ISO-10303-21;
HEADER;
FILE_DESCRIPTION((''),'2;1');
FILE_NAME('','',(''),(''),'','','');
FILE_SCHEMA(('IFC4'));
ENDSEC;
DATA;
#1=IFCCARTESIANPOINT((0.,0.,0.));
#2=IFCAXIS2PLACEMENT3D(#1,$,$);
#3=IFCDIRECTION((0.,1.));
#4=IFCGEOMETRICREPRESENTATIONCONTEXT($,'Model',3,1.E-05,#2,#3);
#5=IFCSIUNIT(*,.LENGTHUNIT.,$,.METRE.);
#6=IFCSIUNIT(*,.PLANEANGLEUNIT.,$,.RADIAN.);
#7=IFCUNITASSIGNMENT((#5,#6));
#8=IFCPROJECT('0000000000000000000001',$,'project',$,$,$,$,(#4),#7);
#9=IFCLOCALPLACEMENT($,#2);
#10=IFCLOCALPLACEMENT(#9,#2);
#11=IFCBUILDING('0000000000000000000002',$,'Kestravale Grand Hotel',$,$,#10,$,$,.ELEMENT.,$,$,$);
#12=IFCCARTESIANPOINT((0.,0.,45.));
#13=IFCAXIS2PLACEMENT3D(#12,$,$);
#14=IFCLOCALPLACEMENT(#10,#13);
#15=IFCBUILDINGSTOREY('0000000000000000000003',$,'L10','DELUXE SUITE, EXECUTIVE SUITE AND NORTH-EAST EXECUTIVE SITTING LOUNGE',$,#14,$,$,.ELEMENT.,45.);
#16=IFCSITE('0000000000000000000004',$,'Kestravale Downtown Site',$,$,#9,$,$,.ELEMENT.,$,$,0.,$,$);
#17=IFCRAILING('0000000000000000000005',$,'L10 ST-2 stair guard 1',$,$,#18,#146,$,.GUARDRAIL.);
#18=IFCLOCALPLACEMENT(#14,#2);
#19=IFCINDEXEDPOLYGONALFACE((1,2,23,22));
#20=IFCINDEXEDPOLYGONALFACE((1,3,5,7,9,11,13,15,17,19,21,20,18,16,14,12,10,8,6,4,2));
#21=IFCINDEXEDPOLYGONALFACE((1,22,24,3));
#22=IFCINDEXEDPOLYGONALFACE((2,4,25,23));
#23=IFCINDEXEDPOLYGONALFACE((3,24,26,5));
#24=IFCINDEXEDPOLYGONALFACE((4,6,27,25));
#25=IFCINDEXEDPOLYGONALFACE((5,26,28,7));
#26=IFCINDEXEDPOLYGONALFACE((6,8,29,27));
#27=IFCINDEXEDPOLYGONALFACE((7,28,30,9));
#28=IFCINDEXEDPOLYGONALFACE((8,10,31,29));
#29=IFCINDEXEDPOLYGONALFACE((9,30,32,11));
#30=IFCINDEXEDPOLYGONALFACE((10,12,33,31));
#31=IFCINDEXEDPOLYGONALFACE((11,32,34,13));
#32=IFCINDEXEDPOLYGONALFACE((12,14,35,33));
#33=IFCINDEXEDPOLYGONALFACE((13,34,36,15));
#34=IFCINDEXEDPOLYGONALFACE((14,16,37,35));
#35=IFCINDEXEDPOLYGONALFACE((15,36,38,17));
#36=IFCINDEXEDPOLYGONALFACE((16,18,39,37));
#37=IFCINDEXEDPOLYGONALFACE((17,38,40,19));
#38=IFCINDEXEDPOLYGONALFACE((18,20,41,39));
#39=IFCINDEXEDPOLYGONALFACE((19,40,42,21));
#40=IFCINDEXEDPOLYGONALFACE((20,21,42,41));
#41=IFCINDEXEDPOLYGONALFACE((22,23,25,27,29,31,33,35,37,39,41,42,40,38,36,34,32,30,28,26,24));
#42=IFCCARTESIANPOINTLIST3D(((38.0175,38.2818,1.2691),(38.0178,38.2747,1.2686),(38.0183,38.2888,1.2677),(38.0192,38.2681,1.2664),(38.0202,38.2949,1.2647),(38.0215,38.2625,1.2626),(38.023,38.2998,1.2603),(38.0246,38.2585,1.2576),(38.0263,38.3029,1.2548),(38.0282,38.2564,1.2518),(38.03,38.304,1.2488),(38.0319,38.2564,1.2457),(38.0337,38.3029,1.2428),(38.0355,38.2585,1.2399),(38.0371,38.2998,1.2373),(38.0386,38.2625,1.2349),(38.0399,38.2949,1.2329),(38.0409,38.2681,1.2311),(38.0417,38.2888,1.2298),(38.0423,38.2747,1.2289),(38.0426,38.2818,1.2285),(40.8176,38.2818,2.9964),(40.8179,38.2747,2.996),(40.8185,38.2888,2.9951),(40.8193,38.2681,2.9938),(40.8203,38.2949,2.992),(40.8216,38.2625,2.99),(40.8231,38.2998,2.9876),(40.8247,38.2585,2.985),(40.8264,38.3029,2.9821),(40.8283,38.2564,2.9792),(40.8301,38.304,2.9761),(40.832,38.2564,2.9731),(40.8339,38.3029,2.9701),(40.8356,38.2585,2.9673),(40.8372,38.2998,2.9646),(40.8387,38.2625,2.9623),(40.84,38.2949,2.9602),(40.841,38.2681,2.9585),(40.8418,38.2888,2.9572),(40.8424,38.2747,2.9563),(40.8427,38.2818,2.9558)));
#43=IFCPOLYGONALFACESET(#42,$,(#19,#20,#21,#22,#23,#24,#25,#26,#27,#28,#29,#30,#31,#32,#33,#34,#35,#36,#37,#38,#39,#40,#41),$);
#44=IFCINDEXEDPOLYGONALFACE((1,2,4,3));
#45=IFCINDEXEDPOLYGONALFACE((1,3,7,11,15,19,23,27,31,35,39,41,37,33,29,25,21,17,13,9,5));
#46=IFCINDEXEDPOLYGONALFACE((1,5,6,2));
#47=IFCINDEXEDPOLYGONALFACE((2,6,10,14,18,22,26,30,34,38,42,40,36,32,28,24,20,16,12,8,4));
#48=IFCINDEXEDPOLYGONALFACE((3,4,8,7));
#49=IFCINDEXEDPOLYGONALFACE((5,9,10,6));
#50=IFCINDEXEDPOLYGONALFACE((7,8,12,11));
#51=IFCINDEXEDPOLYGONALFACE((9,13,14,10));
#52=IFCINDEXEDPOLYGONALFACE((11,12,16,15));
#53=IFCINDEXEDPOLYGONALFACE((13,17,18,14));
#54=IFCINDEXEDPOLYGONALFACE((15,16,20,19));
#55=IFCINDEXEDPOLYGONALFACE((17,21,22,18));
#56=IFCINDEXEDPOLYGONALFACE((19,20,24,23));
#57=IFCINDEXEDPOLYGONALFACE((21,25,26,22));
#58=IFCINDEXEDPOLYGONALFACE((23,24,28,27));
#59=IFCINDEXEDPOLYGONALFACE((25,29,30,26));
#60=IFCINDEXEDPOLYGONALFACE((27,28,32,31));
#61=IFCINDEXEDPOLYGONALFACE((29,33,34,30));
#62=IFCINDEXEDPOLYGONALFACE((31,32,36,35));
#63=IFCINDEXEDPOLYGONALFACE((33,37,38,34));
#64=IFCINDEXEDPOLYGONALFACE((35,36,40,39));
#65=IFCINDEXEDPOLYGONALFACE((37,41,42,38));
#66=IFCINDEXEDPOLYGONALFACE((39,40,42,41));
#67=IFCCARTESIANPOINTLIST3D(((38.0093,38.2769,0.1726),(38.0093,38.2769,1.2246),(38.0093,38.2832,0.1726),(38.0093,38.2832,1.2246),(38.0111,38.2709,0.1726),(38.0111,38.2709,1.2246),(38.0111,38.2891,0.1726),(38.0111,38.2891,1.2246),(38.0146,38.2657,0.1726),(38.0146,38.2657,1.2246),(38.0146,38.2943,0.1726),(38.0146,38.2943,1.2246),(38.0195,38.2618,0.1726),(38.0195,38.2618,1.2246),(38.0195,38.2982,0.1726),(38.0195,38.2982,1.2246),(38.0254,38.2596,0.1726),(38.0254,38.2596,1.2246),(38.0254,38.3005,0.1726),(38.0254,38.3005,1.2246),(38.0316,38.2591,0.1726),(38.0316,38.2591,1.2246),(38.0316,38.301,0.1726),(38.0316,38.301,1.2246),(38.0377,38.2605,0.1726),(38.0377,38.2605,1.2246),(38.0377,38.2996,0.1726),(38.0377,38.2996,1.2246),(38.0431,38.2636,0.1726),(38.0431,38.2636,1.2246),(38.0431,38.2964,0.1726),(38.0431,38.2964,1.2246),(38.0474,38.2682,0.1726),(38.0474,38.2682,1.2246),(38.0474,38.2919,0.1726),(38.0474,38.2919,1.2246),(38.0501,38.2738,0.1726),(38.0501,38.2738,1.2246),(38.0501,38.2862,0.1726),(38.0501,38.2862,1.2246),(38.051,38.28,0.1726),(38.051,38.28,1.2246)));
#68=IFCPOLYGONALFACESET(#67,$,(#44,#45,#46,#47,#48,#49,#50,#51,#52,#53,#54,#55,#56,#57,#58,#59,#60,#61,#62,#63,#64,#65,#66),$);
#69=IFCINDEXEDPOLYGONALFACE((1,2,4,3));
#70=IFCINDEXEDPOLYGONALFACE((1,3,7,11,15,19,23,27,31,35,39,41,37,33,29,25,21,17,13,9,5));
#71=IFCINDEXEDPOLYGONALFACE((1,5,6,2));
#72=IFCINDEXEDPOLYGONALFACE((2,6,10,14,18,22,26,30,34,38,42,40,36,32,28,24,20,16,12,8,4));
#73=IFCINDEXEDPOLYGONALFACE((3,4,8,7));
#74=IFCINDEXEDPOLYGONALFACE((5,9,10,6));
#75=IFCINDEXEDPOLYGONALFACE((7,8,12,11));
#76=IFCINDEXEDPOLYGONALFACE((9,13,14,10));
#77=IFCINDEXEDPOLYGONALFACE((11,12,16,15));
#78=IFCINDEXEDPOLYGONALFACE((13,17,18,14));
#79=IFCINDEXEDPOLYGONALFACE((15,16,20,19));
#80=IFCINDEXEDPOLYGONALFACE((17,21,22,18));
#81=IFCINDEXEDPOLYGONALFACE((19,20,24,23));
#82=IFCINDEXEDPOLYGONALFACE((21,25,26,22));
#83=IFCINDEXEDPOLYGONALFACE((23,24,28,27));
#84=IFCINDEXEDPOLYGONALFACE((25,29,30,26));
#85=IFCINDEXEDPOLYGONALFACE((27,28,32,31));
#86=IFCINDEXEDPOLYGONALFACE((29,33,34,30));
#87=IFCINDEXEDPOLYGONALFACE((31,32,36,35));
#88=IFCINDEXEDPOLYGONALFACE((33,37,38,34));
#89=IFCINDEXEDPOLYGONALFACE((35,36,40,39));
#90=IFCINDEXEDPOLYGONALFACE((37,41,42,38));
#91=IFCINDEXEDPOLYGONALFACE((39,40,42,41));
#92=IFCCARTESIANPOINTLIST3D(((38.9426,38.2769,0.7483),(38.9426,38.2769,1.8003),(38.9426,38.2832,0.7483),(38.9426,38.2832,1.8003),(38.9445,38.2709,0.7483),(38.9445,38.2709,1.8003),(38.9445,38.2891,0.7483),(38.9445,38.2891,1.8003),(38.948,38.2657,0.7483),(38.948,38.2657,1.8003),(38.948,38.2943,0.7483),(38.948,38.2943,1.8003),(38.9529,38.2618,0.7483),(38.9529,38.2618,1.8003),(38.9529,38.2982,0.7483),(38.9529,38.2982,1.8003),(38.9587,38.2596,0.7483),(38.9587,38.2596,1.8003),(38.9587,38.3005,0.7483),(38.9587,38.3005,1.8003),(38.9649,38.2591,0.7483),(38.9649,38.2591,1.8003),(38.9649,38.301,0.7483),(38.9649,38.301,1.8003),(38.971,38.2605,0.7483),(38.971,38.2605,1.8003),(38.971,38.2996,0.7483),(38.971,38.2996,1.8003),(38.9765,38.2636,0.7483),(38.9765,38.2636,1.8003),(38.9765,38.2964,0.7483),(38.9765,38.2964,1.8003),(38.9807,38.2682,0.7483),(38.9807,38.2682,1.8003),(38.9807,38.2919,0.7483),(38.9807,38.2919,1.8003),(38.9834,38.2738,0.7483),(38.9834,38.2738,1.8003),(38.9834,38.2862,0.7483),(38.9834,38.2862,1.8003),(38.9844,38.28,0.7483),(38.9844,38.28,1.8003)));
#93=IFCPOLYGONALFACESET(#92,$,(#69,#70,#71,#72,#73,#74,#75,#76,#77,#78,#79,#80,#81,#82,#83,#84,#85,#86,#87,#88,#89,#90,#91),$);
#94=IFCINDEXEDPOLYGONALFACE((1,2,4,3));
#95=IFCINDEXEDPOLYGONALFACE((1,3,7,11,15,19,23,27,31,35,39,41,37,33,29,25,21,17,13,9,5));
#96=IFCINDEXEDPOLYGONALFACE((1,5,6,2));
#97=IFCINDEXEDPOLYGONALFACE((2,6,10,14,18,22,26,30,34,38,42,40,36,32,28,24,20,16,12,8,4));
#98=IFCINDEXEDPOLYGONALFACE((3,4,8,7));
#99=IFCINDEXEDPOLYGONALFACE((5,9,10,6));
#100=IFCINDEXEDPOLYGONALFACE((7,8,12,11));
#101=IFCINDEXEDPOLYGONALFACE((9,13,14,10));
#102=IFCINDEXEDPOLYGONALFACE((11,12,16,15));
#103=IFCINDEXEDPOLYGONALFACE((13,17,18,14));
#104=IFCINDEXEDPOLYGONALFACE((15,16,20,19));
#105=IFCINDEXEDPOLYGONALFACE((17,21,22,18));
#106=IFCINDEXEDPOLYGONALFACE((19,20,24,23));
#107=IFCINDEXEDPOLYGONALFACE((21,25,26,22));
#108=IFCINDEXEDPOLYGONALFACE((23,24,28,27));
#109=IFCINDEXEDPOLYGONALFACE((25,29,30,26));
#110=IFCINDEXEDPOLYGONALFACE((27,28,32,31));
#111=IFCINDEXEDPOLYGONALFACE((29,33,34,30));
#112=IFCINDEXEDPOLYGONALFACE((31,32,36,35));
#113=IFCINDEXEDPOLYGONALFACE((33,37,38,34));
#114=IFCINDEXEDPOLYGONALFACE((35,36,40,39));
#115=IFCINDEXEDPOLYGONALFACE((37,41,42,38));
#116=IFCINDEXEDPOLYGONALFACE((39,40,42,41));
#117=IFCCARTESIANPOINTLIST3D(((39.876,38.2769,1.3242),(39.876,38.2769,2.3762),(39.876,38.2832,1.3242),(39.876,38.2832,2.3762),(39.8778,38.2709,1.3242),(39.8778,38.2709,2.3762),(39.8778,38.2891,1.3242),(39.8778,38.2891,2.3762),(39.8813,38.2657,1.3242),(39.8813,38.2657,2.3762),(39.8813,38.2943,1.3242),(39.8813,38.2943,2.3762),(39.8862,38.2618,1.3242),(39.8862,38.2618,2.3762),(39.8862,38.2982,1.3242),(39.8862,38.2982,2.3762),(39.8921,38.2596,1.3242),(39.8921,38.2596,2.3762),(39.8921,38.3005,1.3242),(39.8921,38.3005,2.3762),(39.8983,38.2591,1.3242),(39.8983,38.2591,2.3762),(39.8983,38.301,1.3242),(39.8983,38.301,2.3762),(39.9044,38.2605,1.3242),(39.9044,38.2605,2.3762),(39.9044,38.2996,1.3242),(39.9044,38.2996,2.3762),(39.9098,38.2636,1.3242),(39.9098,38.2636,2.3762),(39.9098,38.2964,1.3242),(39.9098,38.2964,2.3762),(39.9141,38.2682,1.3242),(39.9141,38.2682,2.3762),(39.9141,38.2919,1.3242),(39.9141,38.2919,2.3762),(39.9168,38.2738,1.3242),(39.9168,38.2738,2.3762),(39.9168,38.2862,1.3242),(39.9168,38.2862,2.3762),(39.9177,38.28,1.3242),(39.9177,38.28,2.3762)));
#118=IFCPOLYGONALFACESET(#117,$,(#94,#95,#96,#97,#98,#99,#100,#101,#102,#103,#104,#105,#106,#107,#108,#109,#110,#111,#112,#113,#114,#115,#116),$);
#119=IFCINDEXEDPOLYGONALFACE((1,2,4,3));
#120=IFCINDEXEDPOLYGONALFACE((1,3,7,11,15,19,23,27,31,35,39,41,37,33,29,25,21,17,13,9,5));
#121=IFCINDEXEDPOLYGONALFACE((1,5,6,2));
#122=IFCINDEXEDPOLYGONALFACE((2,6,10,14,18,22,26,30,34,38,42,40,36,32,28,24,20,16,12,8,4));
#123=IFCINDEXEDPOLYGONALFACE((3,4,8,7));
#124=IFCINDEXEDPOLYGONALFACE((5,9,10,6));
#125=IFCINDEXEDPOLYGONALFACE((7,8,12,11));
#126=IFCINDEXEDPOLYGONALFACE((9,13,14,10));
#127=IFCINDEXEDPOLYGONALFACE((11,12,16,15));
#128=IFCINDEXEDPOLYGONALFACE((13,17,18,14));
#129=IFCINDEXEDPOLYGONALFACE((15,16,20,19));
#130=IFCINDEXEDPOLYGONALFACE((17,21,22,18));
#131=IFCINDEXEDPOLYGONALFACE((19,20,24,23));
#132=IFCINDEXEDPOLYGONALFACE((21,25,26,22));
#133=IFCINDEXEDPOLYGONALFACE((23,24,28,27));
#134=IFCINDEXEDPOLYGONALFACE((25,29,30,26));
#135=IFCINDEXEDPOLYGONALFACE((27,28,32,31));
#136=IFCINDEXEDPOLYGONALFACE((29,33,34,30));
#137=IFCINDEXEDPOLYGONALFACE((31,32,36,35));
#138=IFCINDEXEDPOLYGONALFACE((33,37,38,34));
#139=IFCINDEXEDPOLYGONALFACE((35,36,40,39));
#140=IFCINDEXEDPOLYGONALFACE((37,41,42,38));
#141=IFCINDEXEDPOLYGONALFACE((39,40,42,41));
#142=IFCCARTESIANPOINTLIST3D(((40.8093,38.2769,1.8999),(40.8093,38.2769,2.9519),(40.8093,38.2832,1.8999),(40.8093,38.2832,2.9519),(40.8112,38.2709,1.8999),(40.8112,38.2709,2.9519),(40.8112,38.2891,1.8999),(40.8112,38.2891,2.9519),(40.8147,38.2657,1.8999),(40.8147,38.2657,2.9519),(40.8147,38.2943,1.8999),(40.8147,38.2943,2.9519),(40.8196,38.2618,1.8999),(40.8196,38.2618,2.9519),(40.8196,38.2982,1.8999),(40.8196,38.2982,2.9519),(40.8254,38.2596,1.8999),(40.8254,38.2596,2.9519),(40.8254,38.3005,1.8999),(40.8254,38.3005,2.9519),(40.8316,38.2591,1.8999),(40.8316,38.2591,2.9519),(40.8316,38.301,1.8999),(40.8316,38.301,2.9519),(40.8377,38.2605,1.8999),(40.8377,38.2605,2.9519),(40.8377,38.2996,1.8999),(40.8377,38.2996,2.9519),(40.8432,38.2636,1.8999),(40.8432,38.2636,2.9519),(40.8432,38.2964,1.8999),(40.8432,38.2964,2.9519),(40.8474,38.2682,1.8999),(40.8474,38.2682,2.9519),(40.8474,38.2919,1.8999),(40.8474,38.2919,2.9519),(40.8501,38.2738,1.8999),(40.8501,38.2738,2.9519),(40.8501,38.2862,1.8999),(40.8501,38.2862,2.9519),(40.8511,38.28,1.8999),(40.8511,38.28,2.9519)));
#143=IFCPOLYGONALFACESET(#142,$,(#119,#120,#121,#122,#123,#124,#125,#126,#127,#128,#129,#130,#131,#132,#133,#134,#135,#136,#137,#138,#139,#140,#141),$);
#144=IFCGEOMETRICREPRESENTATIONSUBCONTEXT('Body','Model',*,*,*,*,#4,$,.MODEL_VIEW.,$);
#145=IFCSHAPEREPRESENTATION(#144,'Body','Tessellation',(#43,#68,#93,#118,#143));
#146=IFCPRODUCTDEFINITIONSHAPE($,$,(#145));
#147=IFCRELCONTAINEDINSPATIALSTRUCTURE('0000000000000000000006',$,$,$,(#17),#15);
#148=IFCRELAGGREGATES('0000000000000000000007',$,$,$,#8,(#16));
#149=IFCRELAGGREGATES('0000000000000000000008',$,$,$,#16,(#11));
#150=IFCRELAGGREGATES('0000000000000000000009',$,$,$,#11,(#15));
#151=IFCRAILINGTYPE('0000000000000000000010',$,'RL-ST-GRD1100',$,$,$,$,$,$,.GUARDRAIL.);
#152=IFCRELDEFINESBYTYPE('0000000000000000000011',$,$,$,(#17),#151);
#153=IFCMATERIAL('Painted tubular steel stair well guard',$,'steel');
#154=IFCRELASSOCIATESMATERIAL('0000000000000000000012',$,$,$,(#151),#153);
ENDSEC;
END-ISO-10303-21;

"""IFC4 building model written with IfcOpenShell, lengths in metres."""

from ifc_helpers import new_model, si_unit, direction, frame, origin, origin_2d, place, context, subcontext, project, spatial, circle, extrude, material, type_object, element, save


model = new_model("IFC4")

# Units and contexts
model_context = context("Model", 3, precision=1e-05, world=origin(), true_north=direction((0.0, 1.0)))
body_context = subcontext(model_context, "Body", "Model", "MODEL_VIEW")
ifc_project = project(units=[si_unit("LENGTHUNIT", "METRE"), si_unit("PLANEANGLEUNIT", "RADIAN")], contexts=[model_context])

# Site, building, storey
site_placement = place(None, origin())
site = spatial("IfcSite", under=ifc_project, at=site_placement, Name="Kestravale Downtown Site", CompositionType="ELEMENT", RefElevation=0.0)
building_placement = place(site_placement, origin())
building = spatial("IfcBuilding", under=site, at=building_placement, Name="Kestravale Grand Hotel", CompositionType="ELEMENT")
storey_placement = place(building_placement, frame((0.0, 0.0, 45.0)))
storey = spatial("IfcBuildingStorey", under=building, at=storey_placement, Name="L10", Description="DELUXE SUITE, EXECUTIVE SUITE AND NORTH-EAST EXECUTIVE SITTING LOUNGE", CompositionType="ELEMENT", Elevation=45.0)

# Railing
ifc_material_1 = material(Name="Painted tubular steel stair well guard", Category="steel")
railing_type_1 = type_object("IfcRailingType", Name="RL-ST-GRD1100", PredefinedType="GUARDRAIL", material=ifc_material_1)
railing_1_placement = place(storey_placement, frame((38.03, 38.28, 0.1726)))
element("IfcRailing", 1, at=railing_1_placement, inside=storey, type_object=railing_type_1, Name="L10 ST-2 stair guard 1", PredefinedType="GUARDRAIL", context=body_context, shape_type="SweptSolid", body=[
    extrude(circle(Radius=0.0239, at=origin_2d()), frame((0.0, 0.0, 1.0762), z_axis=(0.85109, 0.0, 0.52502), x_axis=(0.0, 1.0, 0.0)), (0.0, 0.0, 1.0), 3.29),
    extrude(circle(Radius=0.021, at=origin_2d()), origin(), (0.0, 0.0, 1.0), 1.052),
    extrude(circle(Radius=0.021, at=origin_2d()), frame((0.9333, 0.0, 0.5757)), (0.0, 0.0, 1.0), 1.052),
    extrude(circle(Radius=0.021, at=origin_2d()), frame((1.8667, 0.0, 1.1516)), (0.0, 0.0, 1.0), 1.052),
    extrude(circle(Radius=0.021, at=origin_2d()), frame((2.8, 0.0, 1.7273)), (0.0, 0.0, 1.0), 1.052),
])

save(model, "model.ifc")
